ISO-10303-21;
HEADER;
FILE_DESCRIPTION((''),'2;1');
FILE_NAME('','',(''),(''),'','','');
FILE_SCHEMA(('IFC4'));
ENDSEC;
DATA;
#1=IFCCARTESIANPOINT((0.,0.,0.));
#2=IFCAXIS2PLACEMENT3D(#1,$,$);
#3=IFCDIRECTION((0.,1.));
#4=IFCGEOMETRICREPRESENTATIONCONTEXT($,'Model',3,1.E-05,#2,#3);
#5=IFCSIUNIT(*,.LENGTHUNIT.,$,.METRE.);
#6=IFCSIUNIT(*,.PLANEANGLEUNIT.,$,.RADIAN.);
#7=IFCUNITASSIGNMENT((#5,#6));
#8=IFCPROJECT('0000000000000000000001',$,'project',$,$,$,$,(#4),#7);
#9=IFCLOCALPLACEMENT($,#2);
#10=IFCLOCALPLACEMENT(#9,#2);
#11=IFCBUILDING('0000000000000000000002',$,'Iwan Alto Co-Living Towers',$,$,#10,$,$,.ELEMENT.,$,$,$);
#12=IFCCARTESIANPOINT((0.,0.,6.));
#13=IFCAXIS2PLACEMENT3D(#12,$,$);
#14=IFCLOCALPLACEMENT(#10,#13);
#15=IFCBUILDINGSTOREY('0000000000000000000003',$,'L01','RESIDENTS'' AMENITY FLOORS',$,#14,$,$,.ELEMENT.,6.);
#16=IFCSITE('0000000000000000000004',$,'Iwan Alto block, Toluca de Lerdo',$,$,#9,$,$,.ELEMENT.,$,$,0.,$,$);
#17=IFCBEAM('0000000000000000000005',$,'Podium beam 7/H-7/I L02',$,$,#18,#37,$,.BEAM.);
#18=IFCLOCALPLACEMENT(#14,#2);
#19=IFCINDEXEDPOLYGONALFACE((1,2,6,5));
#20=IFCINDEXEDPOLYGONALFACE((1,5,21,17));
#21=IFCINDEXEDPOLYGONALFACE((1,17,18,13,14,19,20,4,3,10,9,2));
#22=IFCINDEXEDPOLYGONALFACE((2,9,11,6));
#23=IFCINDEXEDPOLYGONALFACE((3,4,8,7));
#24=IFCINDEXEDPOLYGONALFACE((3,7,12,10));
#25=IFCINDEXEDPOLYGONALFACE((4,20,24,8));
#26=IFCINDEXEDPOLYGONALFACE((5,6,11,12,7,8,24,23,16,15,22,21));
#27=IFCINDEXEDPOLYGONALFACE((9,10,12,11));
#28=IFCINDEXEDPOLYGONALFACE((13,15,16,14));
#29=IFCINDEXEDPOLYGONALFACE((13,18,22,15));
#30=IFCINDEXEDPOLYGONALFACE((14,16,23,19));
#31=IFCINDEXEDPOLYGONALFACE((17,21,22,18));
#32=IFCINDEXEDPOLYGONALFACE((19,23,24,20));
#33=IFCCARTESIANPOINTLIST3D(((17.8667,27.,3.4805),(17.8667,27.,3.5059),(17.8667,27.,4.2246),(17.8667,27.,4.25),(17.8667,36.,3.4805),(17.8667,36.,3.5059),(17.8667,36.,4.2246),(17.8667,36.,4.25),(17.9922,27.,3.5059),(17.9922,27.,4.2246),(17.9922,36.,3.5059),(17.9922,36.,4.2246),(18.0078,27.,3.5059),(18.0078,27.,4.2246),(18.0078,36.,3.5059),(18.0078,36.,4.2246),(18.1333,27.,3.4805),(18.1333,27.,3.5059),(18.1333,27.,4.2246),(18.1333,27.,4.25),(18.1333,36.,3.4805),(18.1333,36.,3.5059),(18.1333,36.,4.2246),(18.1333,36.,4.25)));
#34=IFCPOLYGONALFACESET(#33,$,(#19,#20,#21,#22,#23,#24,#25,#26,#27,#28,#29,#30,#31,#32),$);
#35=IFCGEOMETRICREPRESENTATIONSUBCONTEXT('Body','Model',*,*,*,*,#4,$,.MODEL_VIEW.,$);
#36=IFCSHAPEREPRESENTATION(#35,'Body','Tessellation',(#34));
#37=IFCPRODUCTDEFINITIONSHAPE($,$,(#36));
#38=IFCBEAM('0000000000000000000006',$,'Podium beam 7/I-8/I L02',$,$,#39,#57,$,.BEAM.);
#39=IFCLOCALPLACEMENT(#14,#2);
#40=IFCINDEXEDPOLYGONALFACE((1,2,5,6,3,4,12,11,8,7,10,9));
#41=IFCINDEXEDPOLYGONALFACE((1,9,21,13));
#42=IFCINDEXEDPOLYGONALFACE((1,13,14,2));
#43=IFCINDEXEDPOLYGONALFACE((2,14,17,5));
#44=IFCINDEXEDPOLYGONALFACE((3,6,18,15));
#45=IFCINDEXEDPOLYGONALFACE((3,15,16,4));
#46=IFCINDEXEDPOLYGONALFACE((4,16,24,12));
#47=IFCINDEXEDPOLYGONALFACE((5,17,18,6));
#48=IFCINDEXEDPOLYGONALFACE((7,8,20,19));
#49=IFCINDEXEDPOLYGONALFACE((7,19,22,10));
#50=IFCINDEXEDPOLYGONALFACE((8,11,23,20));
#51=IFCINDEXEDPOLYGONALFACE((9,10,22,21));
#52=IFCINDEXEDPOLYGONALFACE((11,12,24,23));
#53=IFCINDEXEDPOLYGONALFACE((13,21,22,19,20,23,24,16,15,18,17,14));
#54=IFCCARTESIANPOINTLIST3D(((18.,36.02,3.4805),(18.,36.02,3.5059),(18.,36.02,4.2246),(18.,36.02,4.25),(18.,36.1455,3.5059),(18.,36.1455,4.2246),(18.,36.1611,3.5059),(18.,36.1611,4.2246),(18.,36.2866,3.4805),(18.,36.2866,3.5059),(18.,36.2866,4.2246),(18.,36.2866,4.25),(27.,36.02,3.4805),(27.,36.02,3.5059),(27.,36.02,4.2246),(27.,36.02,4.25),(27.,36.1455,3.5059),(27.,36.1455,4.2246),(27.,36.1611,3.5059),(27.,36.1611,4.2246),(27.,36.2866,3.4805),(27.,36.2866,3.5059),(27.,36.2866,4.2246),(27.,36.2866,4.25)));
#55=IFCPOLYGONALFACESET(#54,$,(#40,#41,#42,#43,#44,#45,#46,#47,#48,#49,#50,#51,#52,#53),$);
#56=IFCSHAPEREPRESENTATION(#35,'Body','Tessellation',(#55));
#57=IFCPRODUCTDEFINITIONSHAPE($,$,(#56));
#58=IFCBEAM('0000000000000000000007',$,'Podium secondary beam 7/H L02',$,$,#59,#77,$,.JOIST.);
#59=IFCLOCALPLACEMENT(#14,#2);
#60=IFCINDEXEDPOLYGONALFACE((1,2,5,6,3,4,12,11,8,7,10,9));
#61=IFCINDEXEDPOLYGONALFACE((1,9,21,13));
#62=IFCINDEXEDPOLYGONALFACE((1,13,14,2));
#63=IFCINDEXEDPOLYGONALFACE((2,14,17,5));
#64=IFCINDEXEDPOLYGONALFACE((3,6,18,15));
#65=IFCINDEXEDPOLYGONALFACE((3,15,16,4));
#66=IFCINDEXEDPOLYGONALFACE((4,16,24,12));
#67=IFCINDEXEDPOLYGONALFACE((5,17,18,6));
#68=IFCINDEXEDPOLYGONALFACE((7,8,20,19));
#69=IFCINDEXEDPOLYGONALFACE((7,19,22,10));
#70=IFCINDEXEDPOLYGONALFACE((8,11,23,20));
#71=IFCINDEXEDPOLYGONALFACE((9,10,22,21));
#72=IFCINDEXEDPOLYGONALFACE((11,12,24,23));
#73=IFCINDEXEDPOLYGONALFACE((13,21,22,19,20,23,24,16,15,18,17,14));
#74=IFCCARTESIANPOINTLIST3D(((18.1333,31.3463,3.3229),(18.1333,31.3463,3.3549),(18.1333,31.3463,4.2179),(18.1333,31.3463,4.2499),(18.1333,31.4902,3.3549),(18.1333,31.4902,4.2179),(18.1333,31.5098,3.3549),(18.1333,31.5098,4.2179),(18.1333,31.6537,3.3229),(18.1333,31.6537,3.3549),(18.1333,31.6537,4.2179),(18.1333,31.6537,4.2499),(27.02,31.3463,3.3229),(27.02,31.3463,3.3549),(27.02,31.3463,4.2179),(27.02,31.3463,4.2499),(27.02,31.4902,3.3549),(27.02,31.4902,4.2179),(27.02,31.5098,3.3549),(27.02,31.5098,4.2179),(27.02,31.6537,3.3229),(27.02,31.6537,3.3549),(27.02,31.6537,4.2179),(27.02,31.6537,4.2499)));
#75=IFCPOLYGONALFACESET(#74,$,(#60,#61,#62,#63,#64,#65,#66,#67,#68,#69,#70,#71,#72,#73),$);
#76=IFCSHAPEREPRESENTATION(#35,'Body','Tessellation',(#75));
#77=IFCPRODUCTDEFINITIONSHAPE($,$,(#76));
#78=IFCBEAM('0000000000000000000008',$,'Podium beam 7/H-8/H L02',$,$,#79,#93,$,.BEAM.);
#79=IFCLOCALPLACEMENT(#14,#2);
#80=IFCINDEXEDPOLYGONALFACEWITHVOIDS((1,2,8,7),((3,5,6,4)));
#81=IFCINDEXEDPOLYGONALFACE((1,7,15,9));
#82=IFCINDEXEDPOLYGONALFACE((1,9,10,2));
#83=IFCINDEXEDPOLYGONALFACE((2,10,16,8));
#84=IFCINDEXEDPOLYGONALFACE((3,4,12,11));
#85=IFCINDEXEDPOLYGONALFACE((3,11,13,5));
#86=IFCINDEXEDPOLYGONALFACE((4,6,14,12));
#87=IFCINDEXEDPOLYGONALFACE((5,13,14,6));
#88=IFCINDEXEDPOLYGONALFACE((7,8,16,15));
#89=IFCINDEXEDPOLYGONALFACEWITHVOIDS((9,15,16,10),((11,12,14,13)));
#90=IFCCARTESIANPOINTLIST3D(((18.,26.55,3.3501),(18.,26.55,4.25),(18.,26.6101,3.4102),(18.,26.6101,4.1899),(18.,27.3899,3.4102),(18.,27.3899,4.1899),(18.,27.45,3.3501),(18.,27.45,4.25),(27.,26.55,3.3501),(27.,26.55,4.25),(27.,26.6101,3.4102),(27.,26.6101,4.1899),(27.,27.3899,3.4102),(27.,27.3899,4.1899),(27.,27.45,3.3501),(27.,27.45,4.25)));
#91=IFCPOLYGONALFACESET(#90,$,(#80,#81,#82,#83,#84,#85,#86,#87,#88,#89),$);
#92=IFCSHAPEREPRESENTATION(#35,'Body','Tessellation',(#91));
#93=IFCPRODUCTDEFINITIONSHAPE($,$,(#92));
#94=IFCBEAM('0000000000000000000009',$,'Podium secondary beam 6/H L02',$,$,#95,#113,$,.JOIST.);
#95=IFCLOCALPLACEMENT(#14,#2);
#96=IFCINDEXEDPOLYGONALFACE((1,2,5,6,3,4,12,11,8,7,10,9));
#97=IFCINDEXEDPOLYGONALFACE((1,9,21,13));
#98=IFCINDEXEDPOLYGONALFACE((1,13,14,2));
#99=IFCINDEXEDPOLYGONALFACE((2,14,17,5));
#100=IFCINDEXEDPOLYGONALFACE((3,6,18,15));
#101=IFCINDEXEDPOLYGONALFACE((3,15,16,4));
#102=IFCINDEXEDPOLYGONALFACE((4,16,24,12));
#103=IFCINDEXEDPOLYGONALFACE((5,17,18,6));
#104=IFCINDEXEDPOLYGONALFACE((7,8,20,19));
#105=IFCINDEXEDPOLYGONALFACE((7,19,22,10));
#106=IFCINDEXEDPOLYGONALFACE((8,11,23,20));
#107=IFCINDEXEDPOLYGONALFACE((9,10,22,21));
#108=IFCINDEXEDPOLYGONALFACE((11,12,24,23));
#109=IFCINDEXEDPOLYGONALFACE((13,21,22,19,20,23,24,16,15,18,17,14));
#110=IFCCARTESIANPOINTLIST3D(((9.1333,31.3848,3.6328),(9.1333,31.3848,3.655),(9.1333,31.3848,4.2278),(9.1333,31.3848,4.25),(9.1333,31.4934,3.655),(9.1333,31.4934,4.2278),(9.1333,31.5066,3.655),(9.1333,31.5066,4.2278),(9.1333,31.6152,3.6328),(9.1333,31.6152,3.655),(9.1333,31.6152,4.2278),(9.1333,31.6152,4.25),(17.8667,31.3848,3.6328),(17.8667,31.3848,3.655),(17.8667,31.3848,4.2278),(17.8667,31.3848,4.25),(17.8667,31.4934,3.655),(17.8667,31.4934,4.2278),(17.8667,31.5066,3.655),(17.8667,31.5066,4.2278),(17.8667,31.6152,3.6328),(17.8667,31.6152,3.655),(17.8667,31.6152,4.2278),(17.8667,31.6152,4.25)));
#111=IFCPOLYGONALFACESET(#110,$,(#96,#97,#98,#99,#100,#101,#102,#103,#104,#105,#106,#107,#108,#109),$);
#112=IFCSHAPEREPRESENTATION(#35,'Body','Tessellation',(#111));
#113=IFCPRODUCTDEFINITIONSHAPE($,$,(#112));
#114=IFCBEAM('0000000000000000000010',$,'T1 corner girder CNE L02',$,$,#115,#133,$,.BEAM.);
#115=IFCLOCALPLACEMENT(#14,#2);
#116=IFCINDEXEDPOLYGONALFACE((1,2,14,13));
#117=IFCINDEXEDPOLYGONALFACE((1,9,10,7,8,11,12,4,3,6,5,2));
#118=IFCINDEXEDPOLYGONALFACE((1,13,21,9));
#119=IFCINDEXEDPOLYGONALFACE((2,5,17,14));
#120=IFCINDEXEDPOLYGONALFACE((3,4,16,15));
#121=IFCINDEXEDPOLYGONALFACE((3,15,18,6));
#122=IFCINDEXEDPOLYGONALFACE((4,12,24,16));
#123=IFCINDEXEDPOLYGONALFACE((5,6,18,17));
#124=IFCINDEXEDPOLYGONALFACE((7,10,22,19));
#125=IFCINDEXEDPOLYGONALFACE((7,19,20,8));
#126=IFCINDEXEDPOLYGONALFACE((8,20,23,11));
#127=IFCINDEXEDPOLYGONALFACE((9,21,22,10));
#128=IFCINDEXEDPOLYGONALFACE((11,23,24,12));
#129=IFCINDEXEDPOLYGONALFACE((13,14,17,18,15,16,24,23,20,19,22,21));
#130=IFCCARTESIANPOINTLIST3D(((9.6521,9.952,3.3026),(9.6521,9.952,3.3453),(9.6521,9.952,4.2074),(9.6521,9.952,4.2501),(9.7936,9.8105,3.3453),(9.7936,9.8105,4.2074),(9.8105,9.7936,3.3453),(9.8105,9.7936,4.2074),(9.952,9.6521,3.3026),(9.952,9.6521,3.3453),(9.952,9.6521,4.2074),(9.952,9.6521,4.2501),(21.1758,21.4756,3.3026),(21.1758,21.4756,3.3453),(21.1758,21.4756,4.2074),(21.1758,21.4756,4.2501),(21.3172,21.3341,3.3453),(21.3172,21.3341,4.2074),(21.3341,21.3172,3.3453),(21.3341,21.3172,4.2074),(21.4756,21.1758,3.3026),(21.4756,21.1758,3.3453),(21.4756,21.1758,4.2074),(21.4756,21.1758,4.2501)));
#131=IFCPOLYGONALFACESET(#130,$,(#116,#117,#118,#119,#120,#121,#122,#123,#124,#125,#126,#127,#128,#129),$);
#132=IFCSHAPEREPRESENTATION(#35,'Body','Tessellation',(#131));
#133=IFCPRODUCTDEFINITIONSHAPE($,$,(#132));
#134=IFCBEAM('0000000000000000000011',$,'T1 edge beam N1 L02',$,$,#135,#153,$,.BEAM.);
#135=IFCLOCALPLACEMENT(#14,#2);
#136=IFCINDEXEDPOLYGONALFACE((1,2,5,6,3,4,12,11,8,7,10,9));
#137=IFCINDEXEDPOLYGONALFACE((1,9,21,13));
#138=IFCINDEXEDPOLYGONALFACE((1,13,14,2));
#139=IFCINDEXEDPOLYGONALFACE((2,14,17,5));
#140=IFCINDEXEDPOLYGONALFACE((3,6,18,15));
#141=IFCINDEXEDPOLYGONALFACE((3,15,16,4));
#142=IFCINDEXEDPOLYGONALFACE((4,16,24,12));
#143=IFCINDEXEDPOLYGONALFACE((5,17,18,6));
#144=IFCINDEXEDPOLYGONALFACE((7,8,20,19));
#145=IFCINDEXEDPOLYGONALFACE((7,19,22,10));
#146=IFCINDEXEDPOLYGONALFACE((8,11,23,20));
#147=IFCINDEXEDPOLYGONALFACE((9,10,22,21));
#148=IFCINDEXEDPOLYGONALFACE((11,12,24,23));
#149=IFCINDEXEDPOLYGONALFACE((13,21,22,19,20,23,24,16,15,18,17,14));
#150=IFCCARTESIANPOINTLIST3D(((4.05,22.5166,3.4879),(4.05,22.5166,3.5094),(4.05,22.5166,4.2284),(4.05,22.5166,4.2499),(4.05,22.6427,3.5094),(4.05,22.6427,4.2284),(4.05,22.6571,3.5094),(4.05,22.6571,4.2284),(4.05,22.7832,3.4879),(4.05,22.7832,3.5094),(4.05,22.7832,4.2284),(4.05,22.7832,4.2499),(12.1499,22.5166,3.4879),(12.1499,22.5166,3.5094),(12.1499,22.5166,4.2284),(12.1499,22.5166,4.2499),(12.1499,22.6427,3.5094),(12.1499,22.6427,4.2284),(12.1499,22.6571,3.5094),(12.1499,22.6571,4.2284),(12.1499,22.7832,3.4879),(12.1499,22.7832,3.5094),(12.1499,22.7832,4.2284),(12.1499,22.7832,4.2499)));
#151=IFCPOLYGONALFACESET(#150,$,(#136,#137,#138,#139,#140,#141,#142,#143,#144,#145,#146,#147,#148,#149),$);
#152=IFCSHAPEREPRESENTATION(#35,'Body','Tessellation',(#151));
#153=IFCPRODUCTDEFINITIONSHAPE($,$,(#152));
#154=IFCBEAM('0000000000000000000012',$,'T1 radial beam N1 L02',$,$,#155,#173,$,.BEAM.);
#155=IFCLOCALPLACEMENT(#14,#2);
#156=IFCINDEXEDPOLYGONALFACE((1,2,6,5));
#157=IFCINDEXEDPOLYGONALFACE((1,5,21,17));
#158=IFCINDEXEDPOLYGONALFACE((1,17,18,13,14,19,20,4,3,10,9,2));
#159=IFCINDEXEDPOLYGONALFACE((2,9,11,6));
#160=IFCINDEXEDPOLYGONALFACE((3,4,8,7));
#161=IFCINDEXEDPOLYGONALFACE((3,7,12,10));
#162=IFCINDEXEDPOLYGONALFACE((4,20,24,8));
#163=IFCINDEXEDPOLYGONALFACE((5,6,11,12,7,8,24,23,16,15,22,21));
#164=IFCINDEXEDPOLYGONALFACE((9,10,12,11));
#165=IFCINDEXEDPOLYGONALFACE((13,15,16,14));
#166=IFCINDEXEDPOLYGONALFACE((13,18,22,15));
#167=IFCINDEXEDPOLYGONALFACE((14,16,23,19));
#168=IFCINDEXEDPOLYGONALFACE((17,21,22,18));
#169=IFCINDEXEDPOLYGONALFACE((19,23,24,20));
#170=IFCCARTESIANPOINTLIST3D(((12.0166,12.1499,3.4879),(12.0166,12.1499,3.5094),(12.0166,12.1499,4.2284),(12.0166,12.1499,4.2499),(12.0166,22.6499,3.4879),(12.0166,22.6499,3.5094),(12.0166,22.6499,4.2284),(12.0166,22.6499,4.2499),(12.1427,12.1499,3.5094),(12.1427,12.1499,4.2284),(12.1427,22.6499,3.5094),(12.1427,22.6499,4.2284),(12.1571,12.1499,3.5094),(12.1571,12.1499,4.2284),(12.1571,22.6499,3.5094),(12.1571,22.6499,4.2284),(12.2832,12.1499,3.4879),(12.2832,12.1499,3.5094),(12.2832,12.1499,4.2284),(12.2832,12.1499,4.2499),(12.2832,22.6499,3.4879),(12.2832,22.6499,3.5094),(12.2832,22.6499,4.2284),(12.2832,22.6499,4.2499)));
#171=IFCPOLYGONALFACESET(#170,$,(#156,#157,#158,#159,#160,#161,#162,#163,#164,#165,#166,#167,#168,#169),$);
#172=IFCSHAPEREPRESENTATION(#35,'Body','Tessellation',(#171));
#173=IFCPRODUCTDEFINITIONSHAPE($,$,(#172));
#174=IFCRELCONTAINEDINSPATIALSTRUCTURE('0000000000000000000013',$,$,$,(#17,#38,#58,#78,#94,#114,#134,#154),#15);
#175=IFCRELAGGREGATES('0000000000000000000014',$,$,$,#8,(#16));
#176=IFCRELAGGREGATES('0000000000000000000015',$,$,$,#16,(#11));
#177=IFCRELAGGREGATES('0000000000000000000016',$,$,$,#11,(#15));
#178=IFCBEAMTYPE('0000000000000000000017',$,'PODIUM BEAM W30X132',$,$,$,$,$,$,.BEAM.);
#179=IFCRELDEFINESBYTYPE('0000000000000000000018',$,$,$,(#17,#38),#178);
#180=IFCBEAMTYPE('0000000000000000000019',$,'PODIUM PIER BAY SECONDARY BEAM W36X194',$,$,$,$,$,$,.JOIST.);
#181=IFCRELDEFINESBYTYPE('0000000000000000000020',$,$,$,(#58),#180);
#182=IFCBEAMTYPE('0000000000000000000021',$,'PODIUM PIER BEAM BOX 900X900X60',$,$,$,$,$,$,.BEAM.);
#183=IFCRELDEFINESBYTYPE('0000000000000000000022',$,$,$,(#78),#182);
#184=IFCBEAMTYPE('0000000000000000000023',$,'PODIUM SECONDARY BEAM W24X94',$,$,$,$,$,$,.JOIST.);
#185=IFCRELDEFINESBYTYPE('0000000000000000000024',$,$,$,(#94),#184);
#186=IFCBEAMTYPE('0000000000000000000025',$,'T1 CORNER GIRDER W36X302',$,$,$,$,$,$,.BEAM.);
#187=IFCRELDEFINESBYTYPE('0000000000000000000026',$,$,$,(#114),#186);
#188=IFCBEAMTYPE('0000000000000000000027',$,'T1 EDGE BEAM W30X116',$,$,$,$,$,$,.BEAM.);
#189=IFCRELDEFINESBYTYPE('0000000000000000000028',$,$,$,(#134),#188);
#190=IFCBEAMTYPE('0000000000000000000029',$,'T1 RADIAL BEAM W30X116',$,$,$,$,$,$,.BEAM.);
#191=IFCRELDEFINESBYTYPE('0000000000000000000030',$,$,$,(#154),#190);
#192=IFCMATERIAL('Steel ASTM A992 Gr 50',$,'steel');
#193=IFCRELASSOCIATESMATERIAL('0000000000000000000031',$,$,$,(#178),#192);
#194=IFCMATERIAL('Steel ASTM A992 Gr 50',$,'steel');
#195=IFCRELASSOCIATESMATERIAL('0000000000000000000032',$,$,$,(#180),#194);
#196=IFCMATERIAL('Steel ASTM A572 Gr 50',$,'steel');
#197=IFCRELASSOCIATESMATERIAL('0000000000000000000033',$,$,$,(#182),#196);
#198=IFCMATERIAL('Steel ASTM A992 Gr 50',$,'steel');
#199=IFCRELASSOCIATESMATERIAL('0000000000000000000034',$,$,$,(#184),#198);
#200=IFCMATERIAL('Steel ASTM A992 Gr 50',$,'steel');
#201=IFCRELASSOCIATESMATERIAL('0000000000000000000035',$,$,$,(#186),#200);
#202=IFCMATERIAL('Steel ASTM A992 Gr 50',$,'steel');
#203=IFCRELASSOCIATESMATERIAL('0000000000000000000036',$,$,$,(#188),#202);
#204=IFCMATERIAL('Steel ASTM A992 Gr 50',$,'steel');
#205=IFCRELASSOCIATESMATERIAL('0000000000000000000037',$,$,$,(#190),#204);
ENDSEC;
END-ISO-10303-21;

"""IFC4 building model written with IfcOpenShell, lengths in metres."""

from ifc_helpers import new_model, si_unit, direction, frame, origin, origin_2d, place, context, subcontext, project, spatial, hollow_rectangle, i_section, extrude, material, material_profile, profile_set, type_object, element, save


model = new_model("IFC4")

# Units and contexts
model_context = context("Model", 3, precision=1e-05, world=origin(), true_north=direction((0.0, 1.0)))
body_context = subcontext(model_context, "Body", "Model", "MODEL_VIEW")
ifc_project = project(units=[si_unit("LENGTHUNIT", "METRE"), si_unit("PLANEANGLEUNIT", "RADIAN")], contexts=[model_context])

# Site, building, storey
site_placement = place(None, origin())
site = spatial("IfcSite", under=ifc_project, at=site_placement, Name="Iwan Alto block, Toluca de Lerdo", CompositionType="ELEMENT", RefElevation=0.0)
building_placement = place(site_placement, origin())
building = spatial("IfcBuilding", under=site, at=building_placement, Name="Iwan Alto Co-Living Towers", CompositionType="ELEMENT")
storey_placement = place(building_placement, frame((0.0, 0.0, 6.0)))
storey = spatial("IfcBuildingStorey", under=building, at=storey_placement, Name="L01", Description="RESIDENTS' AMENITY FLOORS", CompositionType="ELEMENT", Elevation=6.0)

# Beams
ifc_material_1 = material(Name="Steel ASTM A992 Gr 50", Category="steel")
ifc_material_profile_1 = material_profile(ifc_material_1, i_section(OverallWidth=0.2666, OverallDepth=0.7695, WebThickness=0.0156, FlangeThickness=0.0254, at=origin_2d()), Name="W30X132")
ifc_profile_set_1 = profile_set([ifc_material_profile_1], Name="Steel ASTM A992 Gr 50")
beam_type_1 = type_object("IfcBeamType", Name="PODIUM BEAM W30X132", PredefinedType="BEAM", material=ifc_profile_set_1)
for number, where, z_axis, x_axis, name in (
    (1, (18.0, 27.0, 3.8652), (0.0, 1.0, 0.0), (-1.0, 0.0, 0.0), "Podium beam 7/H-7/I L02"),
    (2, (18.0, 36.1533, 3.8652), (1.0, 0.0, 0.0), (0.0, 1.0, 0.0), "Podium beam 7/I-8/I L02"),
):
    element("IfcBeam", number, at=place(storey_placement, frame(where, z_axis=z_axis, x_axis=x_axis)), inside=storey, type_object=beam_type_1, Name=name, PredefinedType="BEAM", context=body_context, shape_type="SweptSolid", body=[
        extrude(i_section(OverallWidth=0.2666, OverallDepth=0.7695, WebThickness=0.0156, FlangeThickness=0.0254, at=origin_2d()), origin(), (0.0, 0.0, 1.0), 9.0),
    ])
ifc_material_2 = material(Name="Steel ASTM A992 Gr 50", Category="steel")
ifc_material_profile_2 = material_profile(ifc_material_2, i_section(OverallWidth=0.3074, OverallDepth=0.927, WebThickness=0.0195, FlangeThickness=0.032, at=origin_2d()), Name="W36X194")
ifc_profile_set_2 = profile_set([ifc_material_profile_2], Name="Steel ASTM A992 Gr 50")
beam_type_2 = type_object("IfcBeamType", Name="PODIUM PIER BAY SECONDARY BEAM W36X194", PredefinedType="JOIST", material=ifc_profile_set_2)
beam_1_placement = place(storey_placement, frame((18.1333, 31.5, 3.7864), z_axis=(1.0, 0.0, 0.0), x_axis=(0.0, 1.0, 0.0)))
element("IfcBeam", 3, at=beam_1_placement, inside=storey, type_object=beam_type_2, Name="Podium secondary beam 7/H L02", PredefinedType="JOIST", context=body_context, shape_type="SweptSolid", body=[
    extrude(i_section(OverallWidth=0.3074, OverallDepth=0.927, WebThickness=0.0195, FlangeThickness=0.032, at=origin_2d()), origin(), (0.0, 0.0, 1.0), 8.8867),
])
ifc_material_3 = material(Name="Steel ASTM A572 Gr 50", Category="steel")
ifc_material_profile_3 = material_profile(ifc_material_3, hollow_rectangle(XDim=0.8999, YDim=0.8999, WallThickness=0.0601, at=origin_2d()), Name="BOX 900X900X60")
ifc_profile_set_3 = profile_set([ifc_material_profile_3], Name="Steel ASTM A572 Gr 50")
beam_type_3 = type_object("IfcBeamType", Name="PODIUM PIER BEAM BOX 900X900X60", PredefinedType="BEAM", material=ifc_profile_set_3)
beam_2_placement = place(storey_placement, frame((18.0, 27.0, 3.8), z_axis=(1.0, 0.0, 0.0), x_axis=(0.0, 1.0, 0.0)))
element("IfcBeam", 4, at=beam_2_placement, inside=storey, type_object=beam_type_3, Name="Podium beam 7/H-8/H L02", PredefinedType="BEAM", context=body_context, shape_type="SweptSolid", body=[
    extrude(hollow_rectangle(XDim=0.8999, YDim=0.8999, WallThickness=0.0601, at=origin_2d()), origin(), (0.0, 0.0, 1.0), 9.0),
])
ifc_material_4 = material(Name="Steel ASTM A992 Gr 50", Category="steel")
ifc_material_profile_4 = material_profile(ifc_material_4, i_section(OverallWidth=0.2305, OverallDepth=0.6172, WebThickness=0.0132, FlangeThickness=0.0222, at=origin_2d()), Name="W24X94")
ifc_profile_set_4 = profile_set([ifc_material_profile_4], Name="Steel ASTM A992 Gr 50")
beam_type_4 = type_object("IfcBeamType", Name="PODIUM SECONDARY BEAM W24X94", PredefinedType="JOIST", material=ifc_profile_set_4)
beam_3_placement = place(storey_placement, frame((9.1333, 31.5, 3.9414), z_axis=(1.0, 0.0, 0.0), x_axis=(0.0, 1.0, 0.0)))
element("IfcBeam", 5, at=beam_3_placement, inside=storey, type_object=beam_type_4, Name="Podium secondary beam 6/H L02", PredefinedType="JOIST", context=body_context, shape_type="SweptSolid", body=[
    extrude(i_section(OverallWidth=0.2305, OverallDepth=0.6172, WebThickness=0.0132, FlangeThickness=0.0222, at=origin_2d()), origin(), (0.0, 0.0, 1.0), 8.7334),
])
ifc_material_5 = material(Name="Steel ASTM A992 Gr 50", Category="steel")
ifc_material_profile_5 = material_profile(ifc_material_5, i_section(OverallWidth=0.4241, OverallDepth=0.9475, WebThickness=0.0239, FlangeThickness=0.0427, at=origin_2d()), Name="W36X302")
ifc_profile_set_5 = profile_set([ifc_material_profile_5], Name="Steel ASTM A992 Gr 50")
beam_type_5 = type_object("IfcBeamType", Name="T1 CORNER GIRDER W36X302", PredefinedType="BEAM", material=ifc_profile_set_5)
beam_4_placement = place(storey_placement, frame((21.3257, 21.3257, 3.7764), z_axis=(-0.707107, -0.707107, 0.0), x_axis=(0.707107, -0.707107, 0.0)))
element("IfcBeam", 6, at=beam_4_placement, inside=storey, type_object=beam_type_5, Name="T1 corner girder CNE L02", PredefinedType="BEAM", context=body_context, shape_type="SweptSolid", body=[
    extrude(i_section(OverallWidth=0.4241, OverallDepth=0.9475, WebThickness=0.0239, FlangeThickness=0.0427, at=origin_2d()), origin(), (0.0, 0.0, 1.0), 16.2969),
])
ifc_material_6 = material(Name="Steel ASTM A992 Gr 50", Category="steel")
ifc_material_profile_6 = material_profile(ifc_material_6, i_section(OverallWidth=0.2666, OverallDepth=0.762, WebThickness=0.0144, FlangeThickness=0.0215, at=origin_2d()), Name="W30X116")
ifc_profile_set_6 = profile_set([ifc_material_profile_6], Name="Steel ASTM A992 Gr 50")
beam_type_6 = type_object("IfcBeamType", Name="T1 EDGE BEAM W30X116", PredefinedType="BEAM", material=ifc_profile_set_6)
beam_5_placement = place(storey_placement, frame((12.1499, 22.6499, 3.8689), z_axis=(-1.0, 0.0, 0.0), x_axis=(0.0, -1.0, 0.0)))
element("IfcBeam", 7, at=beam_5_placement, inside=storey, type_object=beam_type_6, Name="T1 edge beam N1 L02", PredefinedType="BEAM", context=body_context, shape_type="SweptSolid", body=[
    extrude(i_section(OverallWidth=0.2666, OverallDepth=0.762, WebThickness=0.0144, FlangeThickness=0.0215, at=origin_2d()), origin(), (0.0, 0.0, 1.0), 8.0999),
])
ifc_material_7 = material(Name="Steel ASTM A992 Gr 50", Category="steel")
ifc_material_profile_7 = material_profile(ifc_material_7, i_section(OverallWidth=0.2666, OverallDepth=0.762, WebThickness=0.0144, FlangeThickness=0.0215, at=origin_2d()), Name="W30X116")
ifc_profile_set_7 = profile_set([ifc_material_profile_7], Name="Steel ASTM A992 Gr 50")
beam_type_7 = type_object("IfcBeamType", Name="T1 RADIAL BEAM W30X116", PredefinedType="BEAM", material=ifc_profile_set_7)
beam_6_placement = place(storey_placement, frame((12.1499, 22.6499, 3.8689), z_axis=(0.0, -1.0, 0.0), x_axis=(1.0, 0.0, 0.0)))
element("IfcBeam", 8, at=beam_6_placement, inside=storey, type_object=beam_type_7, Name="T1 radial beam N1 L02", PredefinedType="BEAM", context=body_context, shape_type="SweptSolid", body=[
    extrude(i_section(OverallWidth=0.2666, OverallDepth=0.762, WebThickness=0.0144, FlangeThickness=0.0215, at=origin_2d()), origin(), (0.0, 0.0, 1.0), 10.5),
])

save(model, "model.ifc")
